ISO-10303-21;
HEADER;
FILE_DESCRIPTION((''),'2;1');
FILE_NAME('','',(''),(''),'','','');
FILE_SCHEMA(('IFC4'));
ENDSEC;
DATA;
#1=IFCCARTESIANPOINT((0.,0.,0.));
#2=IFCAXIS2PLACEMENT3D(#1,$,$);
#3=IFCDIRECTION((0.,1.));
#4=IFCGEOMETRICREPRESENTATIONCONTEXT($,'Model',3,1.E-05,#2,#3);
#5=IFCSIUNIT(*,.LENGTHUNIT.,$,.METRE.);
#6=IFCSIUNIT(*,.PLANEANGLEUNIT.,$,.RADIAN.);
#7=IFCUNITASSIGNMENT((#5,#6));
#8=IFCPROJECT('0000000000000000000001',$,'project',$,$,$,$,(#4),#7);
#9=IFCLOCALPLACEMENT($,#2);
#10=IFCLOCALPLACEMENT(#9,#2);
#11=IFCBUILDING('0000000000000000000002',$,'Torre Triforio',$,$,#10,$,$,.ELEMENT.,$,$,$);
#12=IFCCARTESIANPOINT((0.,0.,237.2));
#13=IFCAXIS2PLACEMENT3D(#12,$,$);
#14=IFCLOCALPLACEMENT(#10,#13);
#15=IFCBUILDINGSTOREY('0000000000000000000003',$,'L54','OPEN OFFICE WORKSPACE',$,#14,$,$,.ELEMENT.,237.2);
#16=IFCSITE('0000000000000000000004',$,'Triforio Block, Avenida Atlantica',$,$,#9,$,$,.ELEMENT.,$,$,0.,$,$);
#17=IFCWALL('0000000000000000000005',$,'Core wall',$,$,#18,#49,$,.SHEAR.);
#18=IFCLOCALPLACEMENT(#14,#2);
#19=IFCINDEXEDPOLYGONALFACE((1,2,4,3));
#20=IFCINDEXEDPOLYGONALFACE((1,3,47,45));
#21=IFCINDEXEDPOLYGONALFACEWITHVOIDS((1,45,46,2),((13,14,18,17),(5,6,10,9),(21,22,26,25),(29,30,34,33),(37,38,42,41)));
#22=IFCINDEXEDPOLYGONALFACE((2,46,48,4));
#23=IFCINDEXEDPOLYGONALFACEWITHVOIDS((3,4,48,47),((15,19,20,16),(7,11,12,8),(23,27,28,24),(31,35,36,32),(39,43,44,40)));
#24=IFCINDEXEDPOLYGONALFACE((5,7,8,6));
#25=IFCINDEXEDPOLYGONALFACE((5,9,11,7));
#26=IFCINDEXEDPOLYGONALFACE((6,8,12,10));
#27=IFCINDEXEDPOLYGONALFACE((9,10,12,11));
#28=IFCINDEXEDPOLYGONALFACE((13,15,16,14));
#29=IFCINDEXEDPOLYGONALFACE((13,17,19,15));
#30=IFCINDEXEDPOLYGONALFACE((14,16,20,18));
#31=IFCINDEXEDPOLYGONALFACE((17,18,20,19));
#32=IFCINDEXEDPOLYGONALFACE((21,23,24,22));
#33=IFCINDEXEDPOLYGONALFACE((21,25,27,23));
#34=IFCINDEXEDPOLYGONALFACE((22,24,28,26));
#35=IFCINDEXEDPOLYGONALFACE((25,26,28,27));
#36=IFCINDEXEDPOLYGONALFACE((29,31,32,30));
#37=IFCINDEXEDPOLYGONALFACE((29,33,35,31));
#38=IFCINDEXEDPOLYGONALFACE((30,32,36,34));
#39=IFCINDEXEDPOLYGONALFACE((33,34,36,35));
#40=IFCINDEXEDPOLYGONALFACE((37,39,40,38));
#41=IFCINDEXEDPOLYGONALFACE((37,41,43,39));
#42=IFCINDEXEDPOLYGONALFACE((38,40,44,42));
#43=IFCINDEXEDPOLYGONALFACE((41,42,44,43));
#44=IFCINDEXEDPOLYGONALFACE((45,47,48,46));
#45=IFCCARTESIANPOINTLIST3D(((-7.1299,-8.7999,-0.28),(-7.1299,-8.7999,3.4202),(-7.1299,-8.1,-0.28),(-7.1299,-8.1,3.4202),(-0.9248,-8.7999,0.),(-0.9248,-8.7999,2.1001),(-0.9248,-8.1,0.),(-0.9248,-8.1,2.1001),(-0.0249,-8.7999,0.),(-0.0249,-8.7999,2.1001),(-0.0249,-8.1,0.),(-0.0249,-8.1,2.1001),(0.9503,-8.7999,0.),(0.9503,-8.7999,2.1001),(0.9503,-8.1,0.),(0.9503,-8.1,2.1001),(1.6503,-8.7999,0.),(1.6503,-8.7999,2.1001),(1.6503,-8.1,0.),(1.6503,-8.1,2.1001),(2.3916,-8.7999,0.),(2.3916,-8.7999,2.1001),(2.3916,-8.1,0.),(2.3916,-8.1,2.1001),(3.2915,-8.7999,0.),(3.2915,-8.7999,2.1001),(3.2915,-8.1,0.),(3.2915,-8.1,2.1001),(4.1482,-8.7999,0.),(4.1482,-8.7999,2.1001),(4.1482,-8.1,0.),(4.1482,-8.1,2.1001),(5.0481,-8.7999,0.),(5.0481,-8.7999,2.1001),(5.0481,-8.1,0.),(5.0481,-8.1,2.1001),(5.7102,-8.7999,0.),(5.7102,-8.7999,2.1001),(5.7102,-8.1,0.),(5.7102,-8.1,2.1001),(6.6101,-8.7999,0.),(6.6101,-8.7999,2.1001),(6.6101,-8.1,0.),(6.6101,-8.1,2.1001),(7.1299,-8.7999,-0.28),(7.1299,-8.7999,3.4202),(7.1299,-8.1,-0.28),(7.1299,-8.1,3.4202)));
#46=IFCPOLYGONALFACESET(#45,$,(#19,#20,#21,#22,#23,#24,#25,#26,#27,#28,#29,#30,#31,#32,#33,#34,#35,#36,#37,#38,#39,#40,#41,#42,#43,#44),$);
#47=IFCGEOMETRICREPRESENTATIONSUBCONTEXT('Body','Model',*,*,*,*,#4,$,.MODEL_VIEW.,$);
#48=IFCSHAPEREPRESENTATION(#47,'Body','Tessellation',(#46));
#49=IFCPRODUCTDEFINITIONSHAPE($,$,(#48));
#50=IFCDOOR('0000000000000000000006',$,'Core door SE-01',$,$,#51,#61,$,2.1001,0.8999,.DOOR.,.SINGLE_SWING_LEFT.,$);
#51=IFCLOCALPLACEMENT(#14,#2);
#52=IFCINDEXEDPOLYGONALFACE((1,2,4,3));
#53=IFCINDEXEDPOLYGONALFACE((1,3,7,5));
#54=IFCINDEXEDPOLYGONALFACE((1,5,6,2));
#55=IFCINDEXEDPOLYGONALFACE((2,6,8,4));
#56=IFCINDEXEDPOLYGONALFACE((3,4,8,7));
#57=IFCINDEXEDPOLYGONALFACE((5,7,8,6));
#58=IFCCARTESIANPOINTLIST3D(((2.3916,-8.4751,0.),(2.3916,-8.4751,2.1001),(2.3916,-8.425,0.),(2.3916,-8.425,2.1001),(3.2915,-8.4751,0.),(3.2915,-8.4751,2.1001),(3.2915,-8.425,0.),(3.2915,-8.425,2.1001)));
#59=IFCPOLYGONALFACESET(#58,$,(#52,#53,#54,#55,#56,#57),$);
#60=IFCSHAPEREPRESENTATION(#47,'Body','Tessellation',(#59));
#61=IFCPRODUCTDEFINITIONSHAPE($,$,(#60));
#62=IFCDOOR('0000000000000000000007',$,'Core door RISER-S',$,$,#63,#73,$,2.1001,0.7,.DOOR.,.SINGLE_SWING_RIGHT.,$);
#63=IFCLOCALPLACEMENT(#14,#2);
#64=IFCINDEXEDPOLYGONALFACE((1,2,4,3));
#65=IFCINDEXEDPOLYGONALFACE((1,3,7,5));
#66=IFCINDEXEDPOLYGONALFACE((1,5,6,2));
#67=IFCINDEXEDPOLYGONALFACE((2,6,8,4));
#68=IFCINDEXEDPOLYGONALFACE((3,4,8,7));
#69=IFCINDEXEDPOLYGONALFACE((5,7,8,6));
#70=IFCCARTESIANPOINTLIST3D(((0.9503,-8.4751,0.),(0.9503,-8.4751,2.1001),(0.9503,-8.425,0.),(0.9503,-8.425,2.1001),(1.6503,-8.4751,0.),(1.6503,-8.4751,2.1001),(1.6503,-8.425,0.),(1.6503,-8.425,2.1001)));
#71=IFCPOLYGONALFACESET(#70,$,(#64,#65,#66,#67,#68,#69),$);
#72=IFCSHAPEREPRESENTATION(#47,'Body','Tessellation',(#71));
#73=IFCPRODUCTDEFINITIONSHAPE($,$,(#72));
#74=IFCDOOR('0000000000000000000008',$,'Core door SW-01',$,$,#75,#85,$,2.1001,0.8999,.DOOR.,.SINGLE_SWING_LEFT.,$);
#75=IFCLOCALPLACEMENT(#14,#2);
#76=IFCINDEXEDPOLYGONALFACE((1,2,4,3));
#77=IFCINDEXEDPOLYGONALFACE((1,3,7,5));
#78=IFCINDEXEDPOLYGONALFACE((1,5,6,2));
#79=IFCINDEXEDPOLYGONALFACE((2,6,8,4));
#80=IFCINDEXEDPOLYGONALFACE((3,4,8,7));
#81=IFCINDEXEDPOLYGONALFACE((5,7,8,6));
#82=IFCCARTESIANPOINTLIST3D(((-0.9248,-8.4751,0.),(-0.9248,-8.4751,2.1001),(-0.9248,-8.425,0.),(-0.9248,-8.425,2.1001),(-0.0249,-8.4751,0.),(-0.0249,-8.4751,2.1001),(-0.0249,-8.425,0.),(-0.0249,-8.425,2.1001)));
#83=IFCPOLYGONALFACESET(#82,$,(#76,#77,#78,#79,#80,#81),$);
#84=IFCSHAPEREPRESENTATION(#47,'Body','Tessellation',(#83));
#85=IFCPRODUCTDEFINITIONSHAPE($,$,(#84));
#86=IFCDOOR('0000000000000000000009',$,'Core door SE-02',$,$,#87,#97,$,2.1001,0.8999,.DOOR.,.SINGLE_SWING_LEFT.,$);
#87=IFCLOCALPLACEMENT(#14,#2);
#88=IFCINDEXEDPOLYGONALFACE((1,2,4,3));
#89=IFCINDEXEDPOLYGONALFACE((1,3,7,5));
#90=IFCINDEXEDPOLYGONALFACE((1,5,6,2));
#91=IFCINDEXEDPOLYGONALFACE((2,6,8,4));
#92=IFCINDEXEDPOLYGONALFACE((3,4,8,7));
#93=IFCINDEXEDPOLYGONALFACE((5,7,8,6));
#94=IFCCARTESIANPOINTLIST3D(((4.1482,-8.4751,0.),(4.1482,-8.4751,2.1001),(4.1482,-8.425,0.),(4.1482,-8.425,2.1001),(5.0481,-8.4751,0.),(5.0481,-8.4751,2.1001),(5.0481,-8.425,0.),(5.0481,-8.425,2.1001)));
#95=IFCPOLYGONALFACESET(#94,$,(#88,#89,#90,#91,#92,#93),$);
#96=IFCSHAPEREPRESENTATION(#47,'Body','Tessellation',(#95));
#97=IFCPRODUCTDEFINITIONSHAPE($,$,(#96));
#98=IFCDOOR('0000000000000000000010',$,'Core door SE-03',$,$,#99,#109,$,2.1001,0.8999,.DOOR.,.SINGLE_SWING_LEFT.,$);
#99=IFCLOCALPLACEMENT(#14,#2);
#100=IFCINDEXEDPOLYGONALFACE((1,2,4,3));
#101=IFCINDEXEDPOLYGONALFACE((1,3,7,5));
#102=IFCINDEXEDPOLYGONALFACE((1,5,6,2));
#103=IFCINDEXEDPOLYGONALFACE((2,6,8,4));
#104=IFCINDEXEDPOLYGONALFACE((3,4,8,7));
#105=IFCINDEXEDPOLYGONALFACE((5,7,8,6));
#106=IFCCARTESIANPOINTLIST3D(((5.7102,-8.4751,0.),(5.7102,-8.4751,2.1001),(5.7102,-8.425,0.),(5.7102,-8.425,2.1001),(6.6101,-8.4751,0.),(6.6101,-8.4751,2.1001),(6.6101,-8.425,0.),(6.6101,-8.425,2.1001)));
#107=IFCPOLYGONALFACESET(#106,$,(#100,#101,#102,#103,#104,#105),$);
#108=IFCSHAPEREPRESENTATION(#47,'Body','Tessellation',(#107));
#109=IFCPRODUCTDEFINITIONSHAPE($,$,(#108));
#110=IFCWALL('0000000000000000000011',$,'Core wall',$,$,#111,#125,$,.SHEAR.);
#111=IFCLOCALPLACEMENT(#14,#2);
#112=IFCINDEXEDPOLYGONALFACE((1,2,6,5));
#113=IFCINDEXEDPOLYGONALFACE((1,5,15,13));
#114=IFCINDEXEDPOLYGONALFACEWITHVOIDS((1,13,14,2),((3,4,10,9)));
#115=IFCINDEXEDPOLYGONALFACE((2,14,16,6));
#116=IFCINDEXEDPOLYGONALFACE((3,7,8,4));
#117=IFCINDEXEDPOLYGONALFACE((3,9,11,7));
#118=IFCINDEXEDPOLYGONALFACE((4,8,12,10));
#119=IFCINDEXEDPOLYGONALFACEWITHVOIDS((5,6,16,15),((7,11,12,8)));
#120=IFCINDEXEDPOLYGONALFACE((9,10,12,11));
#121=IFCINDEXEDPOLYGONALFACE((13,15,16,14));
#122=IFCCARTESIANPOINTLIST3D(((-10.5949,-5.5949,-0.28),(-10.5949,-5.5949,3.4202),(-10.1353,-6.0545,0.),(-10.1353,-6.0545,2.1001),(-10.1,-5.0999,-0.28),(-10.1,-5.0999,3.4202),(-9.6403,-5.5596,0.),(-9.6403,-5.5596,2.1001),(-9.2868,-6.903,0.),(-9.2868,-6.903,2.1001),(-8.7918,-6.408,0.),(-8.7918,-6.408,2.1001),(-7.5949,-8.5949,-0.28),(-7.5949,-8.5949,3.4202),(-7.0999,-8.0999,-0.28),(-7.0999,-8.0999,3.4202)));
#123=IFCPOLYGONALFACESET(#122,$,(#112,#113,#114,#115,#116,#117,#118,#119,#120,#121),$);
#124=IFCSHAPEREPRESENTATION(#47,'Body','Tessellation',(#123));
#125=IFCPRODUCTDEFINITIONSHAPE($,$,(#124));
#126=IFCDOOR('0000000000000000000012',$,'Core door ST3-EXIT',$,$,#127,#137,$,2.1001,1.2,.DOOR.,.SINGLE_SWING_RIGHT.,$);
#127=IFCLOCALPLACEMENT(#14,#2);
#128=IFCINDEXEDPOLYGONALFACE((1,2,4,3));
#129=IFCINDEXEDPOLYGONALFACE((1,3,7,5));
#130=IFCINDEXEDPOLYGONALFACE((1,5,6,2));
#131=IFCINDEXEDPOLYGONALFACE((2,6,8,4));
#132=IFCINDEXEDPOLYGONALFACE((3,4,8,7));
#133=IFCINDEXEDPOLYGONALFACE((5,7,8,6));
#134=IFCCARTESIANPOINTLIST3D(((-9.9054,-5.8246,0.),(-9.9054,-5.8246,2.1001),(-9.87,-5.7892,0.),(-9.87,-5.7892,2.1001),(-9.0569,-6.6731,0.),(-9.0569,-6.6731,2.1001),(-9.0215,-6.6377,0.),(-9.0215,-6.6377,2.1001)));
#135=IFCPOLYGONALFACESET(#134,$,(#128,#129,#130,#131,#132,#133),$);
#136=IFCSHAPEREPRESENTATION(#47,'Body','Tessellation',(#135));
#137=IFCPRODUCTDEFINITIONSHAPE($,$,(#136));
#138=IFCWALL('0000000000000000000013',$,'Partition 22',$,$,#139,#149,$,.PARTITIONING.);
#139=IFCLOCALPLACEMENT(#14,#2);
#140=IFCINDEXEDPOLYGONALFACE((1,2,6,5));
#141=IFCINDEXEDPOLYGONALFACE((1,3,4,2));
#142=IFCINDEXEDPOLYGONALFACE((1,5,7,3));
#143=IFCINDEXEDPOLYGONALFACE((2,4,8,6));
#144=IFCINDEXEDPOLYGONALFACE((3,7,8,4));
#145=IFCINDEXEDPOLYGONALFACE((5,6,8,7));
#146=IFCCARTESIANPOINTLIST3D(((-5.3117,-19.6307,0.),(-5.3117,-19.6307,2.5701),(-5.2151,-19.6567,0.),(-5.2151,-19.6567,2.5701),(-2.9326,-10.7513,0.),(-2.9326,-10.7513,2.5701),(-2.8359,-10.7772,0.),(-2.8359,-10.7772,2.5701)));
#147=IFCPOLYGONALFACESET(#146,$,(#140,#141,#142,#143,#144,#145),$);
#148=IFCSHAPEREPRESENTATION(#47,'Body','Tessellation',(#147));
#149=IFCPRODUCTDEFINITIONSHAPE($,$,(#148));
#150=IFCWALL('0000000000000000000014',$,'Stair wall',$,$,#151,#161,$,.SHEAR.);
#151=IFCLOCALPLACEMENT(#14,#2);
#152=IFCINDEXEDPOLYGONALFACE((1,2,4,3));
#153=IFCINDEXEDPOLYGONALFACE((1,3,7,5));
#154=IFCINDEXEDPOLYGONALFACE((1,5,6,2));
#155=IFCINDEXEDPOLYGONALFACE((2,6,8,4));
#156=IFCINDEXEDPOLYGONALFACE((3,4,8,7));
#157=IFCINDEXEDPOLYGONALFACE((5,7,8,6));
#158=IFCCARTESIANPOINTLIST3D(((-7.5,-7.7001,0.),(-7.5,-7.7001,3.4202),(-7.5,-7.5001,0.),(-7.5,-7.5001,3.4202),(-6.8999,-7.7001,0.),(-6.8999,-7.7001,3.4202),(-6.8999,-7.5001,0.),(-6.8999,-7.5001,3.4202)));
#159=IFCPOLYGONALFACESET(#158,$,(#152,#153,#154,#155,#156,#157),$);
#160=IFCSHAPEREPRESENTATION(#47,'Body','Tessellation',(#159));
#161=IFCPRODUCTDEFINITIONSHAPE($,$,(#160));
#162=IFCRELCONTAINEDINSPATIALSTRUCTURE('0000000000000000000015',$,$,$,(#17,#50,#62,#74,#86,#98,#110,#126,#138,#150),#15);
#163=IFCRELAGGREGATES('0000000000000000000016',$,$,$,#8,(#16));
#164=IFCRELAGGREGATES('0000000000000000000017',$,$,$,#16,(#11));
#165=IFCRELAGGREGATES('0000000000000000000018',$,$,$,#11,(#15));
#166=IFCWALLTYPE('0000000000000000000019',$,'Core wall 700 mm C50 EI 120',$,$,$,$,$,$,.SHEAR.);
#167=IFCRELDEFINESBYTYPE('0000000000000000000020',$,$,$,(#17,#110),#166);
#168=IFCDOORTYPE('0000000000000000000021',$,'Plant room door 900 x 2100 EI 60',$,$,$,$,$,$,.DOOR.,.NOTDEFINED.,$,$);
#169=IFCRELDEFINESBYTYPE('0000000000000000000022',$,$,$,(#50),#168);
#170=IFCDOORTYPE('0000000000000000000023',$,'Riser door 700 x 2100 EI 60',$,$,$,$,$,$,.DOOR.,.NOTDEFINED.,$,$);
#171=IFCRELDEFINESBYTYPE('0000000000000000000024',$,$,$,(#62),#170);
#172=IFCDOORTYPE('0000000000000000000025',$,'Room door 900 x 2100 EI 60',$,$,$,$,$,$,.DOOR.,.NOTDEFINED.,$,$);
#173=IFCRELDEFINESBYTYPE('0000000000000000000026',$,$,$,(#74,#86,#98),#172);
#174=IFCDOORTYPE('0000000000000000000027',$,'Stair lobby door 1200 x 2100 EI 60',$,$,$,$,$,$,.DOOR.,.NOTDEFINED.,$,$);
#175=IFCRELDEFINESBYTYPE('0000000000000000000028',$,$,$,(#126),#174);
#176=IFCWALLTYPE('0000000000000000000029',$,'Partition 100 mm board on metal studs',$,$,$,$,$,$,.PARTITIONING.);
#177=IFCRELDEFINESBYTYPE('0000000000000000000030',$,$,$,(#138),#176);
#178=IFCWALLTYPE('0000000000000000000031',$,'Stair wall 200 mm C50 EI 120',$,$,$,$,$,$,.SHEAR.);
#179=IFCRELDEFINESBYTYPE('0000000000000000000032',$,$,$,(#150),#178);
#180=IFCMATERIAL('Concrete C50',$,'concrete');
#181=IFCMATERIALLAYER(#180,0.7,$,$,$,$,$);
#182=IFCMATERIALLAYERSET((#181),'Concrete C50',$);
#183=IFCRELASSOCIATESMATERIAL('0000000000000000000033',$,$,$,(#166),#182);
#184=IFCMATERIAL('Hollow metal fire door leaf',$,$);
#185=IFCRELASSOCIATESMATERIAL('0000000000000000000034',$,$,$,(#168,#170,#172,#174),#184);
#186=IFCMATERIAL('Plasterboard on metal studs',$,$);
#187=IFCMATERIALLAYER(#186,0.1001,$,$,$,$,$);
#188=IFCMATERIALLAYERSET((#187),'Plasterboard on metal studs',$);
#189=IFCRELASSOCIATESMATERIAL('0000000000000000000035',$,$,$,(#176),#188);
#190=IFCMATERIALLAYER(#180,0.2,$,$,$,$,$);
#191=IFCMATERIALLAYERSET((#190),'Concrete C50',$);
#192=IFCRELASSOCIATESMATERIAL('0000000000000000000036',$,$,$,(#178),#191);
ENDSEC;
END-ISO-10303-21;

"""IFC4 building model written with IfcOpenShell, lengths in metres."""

from ifc_helpers import new_model, si_unit, direction, frame, frame_2d, origin, place, context, subcontext, project, spatial, rectangle, extrude, material, layer, layer_set, type_object, element, fill, save


model = new_model("IFC4")

# Units and contexts
model_context = context("Model", 3, precision=1e-05, world=origin(), true_north=direction((0.0, 1.0)))
body_context = subcontext(model_context, "Body", "Model", "MODEL_VIEW")
ifc_project = project(units=[si_unit("LENGTHUNIT", "METRE"), si_unit("PLANEANGLEUNIT", "RADIAN")], contexts=[model_context])

# Site, building, storey
site_placement = place(None, origin())
site = spatial("IfcSite", under=ifc_project, at=site_placement, Name="Triforio Block, Avenida Atlantica", CompositionType="ELEMENT", RefElevation=0.0)
building_placement = place(site_placement, origin())
building = spatial("IfcBuilding", under=site, at=building_placement, Name="Torre Triforio", CompositionType="ELEMENT")
storey_placement = place(building_placement, frame((0.0, 0.0, 237.2)))
storey = spatial("IfcBuildingStorey", under=building, at=storey_placement, Name="L54", Description="OPEN OFFICE WORKSPACE", CompositionType="ELEMENT", Elevation=237.2)

# Shared definitions
ifc_material_1 = material(Name="Concrete C50", Category="concrete")

# Wall, openings, doors
ifc_layer_1 = layer(ifc_material_1, 0.7)
ifc_layer_set_1 = layer_set([ifc_layer_1], Name="Concrete C50")
wall_type_1 = type_object("IfcWallType", Name="Core wall 700 mm C50 EI 120", PredefinedType="SHEAR", material=ifc_layer_set_1)
wall_1_placement = place(storey_placement, frame((-7.1299, -8.45, -0.28), z_axis=(0.0, 0.0, 1.0), x_axis=(1.0, 0.0, 0.0)))
wall_1 = element("IfcWall", 1, at=wall_1_placement, inside=storey, type_object=wall_type_1, Name="Core wall", PredefinedType="SHEAR", context=body_context, shape_type="SweptSolid", body=[
    extrude(rectangle(XDim=14.2598, YDim=0.7, at=frame_2d((7.1299, 0.0))), origin(), (0.0, 0.0, 1.0), 3.7002),
])
opening_1_placement = place(wall_1_placement, frame((8.0801, 0.0, 0.28)))
opening_1 = element("IfcOpeningElement", 2, at=opening_1_placement, cuts=wall_1, PredefinedType="OPENING", context=body_context, shape_type="SweptSolid", body=[
    extrude(rectangle(XDim=0.7, YDim=2.1001, at=frame_2d((0.3501, 1.05))), frame((0.0, 0.3599, 0.0), z_axis=(0.0, -1.0, 0.0), x_axis=(1.0, 0.0, 0.0)), (0.0, 0.0, 1.0), 0.72),
])
opening_2_placement = place(wall_1_placement, frame((6.2051, 0.0, 0.28)))
opening_2 = element("IfcOpeningElement", 3, at=opening_2_placement, cuts=wall_1, PredefinedType="OPENING", context=body_context, shape_type="SweptSolid", body=[
    extrude(rectangle(XDim=0.8999, YDim=2.1001, at=frame_2d((0.45, 1.05))), frame((0.0, 0.3599, 0.0), z_axis=(0.0, -1.0, 0.0), x_axis=(1.0, 0.0, 0.0)), (0.0, 0.0, 1.0), 0.72),
])
opening_3_placement = place(wall_1_placement, frame((9.5215, 0.0, 0.28)))
opening_3 = element("IfcOpeningElement", 4, at=opening_3_placement, cuts=wall_1, PredefinedType="OPENING", context=body_context, shape_type="SweptSolid", body=[
    extrude(rectangle(XDim=0.8999, YDim=2.1001, at=frame_2d((0.45, 1.05))), frame((0.0, 0.3599, 0.0), z_axis=(0.0, -1.0, 0.0), x_axis=(1.0, 0.0, 0.0)), (0.0, 0.0, 1.0), 0.72),
])
opening_4_placement = place(wall_1_placement, frame((11.2781, 0.0, 0.28)))
opening_4 = element("IfcOpeningElement", 5, at=opening_4_placement, cuts=wall_1, PredefinedType="OPENING", context=body_context, shape_type="SweptSolid", body=[
    extrude(rectangle(XDim=0.8999, YDim=2.1001, at=frame_2d((0.45, 1.05))), frame((0.0, 0.3599, 0.0), z_axis=(0.0, -1.0, 0.0), x_axis=(1.0, 0.0, 0.0)), (0.0, 0.0, 1.0), 0.72),
])
opening_5_placement = place(wall_1_placement, frame((12.8401, 0.0, 0.28)))
opening_5 = element("IfcOpeningElement", 6, at=opening_5_placement, cuts=wall_1, PredefinedType="OPENING", context=body_context, shape_type="SweptSolid", body=[
    extrude(rectangle(XDim=0.8999, YDim=2.1001, at=frame_2d((0.45, 1.05))), frame((0.0, 0.3599, 0.0), z_axis=(0.0, -1.0, 0.0), x_axis=(1.0, 0.0, 0.0)), (0.0, 0.0, 1.0), 0.72),
])
ifc_material_2 = material(Name="Hollow metal fire door leaf")
door_type_1 = type_object("IfcDoorType", Name="Plant room door 900 x 2100 EI 60", OperationType="NOTDEFINED", PredefinedType="DOOR", material=ifc_material_2)
door_1_placement = place(opening_3_placement, origin())
door_1 = element("IfcDoor", 7, at=door_1_placement, inside=storey, type_object=door_type_1, Name="Core door SE-01", OperationType="SINGLE_SWING_LEFT", OverallHeight=2.1001, OverallWidth=0.8999, PredefinedType="DOOR", context=body_context, shape_type="SweptSolid", body=[
    extrude(rectangle(XDim=0.8999, YDim=2.1001, at=frame_2d((0.45, 1.05))), frame((0.0, 0.0249, 0.0), z_axis=(0.0, -1.0, 0.0), x_axis=(1.0, 0.0, 0.0)), (0.0, 0.0, 1.0), 0.05),
])
fill(opening_3, door_1)
door_type_2 = type_object("IfcDoorType", Name="Riser door 700 x 2100 EI 60", OperationType="NOTDEFINED", PredefinedType="DOOR", material=ifc_material_2)
door_2_placement = place(opening_1_placement, origin())
door_2 = element("IfcDoor", 8, at=door_2_placement, inside=storey, type_object=door_type_2, Name="Core door RISER-S", OperationType="SINGLE_SWING_RIGHT", OverallHeight=2.1001, OverallWidth=0.7, PredefinedType="DOOR", context=body_context, shape_type="SweptSolid", body=[
    extrude(rectangle(XDim=0.7, YDim=2.1001, at=frame_2d((0.3501, 1.05))), frame((0.0, 0.0249, 0.0), z_axis=(0.0, -1.0, 0.0), x_axis=(1.0, 0.0, 0.0)), (0.0, 0.0, 1.0), 0.05),
])
fill(opening_1, door_2)
door_type_3 = type_object("IfcDoorType", Name="Room door 900 x 2100 EI 60", OperationType="NOTDEFINED", PredefinedType="DOOR", material=ifc_material_2)
door_3_placement = place(opening_2_placement, origin())
door_3 = element("IfcDoor", 9, at=door_3_placement, inside=storey, type_object=door_type_3, Name="Core door SW-01", OperationType="SINGLE_SWING_LEFT", OverallHeight=2.1001, OverallWidth=0.8999, PredefinedType="DOOR", context=body_context, shape_type="SweptSolid", body=[
    extrude(rectangle(XDim=0.8999, YDim=2.1001, at=frame_2d((0.45, 1.05))), frame((0.0, 0.0249, 0.0), z_axis=(0.0, -1.0, 0.0), x_axis=(1.0, 0.0, 0.0)), (0.0, 0.0, 1.0), 0.05),
])
fill(opening_2, door_3)
door_4_placement = place(opening_4_placement, origin())
door_4 = element("IfcDoor", 10, at=door_4_placement, inside=storey, type_object=door_type_3, Name="Core door SE-02", OperationType="SINGLE_SWING_LEFT", OverallHeight=2.1001, OverallWidth=0.8999, PredefinedType="DOOR", context=body_context, shape_type="SweptSolid", body=[
    extrude(rectangle(XDim=0.8999, YDim=2.1001, at=frame_2d((0.45, 1.05))), frame((0.0, 0.0249, 0.0), z_axis=(0.0, -1.0, 0.0), x_axis=(1.0, 0.0, 0.0)), (0.0, 0.0, 1.0), 0.05),
])
fill(opening_4, door_4)
door_5_placement = place(opening_5_placement, origin())
door_5 = element("IfcDoor", 11, at=door_5_placement, inside=storey, type_object=door_type_3, Name="Core door SE-03", OperationType="SINGLE_SWING_LEFT", OverallHeight=2.1001, OverallWidth=0.8999, PredefinedType="DOOR", context=body_context, shape_type="SweptSolid", body=[
    extrude(rectangle(XDim=0.8999, YDim=2.1001, at=frame_2d((0.45, 1.05))), frame((0.0, 0.0249, 0.0), z_axis=(0.0, -1.0, 0.0), x_axis=(1.0, 0.0, 0.0)), (0.0, 0.0, 1.0), 0.05),
])
fill(opening_5, door_5)

# Wall, opening, door
wall_2_placement = place(storey_placement, frame((-7.3474, -8.3474, -0.28), z_axis=(0.0, 0.0, 1.0), x_axis=(-0.707107, 0.707107, 0.0)))
wall_2 = element("IfcWall", 12, at=wall_2_placement, inside=storey, type_object=wall_type_1, Name="Core wall", PredefinedType="SHEAR", context=body_context, shape_type="SweptSolid", body=[
    extrude(rectangle(XDim=4.2427, YDim=0.7, at=frame_2d((2.1213, 0.0))), origin(), (0.0, 0.0, 1.0), 3.7002),
])
opening_6_placement = place(wall_2_placement, frame((2.3926, 0.0, 0.28)))
opening_6 = element("IfcOpeningElement", 13, at=opening_6_placement, cuts=wall_2, PredefinedType="OPENING", context=body_context, shape_type="SweptSolid", body=[
    extrude(rectangle(XDim=1.2, YDim=2.1001, at=frame_2d((0.6001, 1.05))), frame((0.0, 0.3599, 0.0), z_axis=(0.0, -1.0, 0.0), x_axis=(1.0, 0.0, 0.0)), (0.0, 0.0, 1.0), 0.72),
])
door_type_4 = type_object("IfcDoorType", Name="Stair lobby door 1200 x 2100 EI 60", OperationType="NOTDEFINED", PredefinedType="DOOR", material=ifc_material_2)
door_6_placement = place(opening_6_placement, origin())
door_6 = element("IfcDoor", 14, at=door_6_placement, inside=storey, type_object=door_type_4, Name="Core door ST3-EXIT", OperationType="SINGLE_SWING_RIGHT", OverallHeight=2.1001, OverallWidth=1.2, PredefinedType="DOOR", context=body_context, shape_type="SweptSolid", body=[
    extrude(rectangle(XDim=1.2, YDim=2.1001, at=frame_2d((0.6001, 1.05))), frame((0.0, 0.0249, 0.0), z_axis=(0.0, -1.0, 0.0), x_axis=(1.0, 0.0, 0.0)), (0.0, 0.0, 1.0), 0.05),
])
fill(opening_6, door_6)

# Walls
ifc_material_3 = material(Name="Plasterboard on metal studs")
ifc_layer_2 = layer(ifc_material_3, 0.1001)
ifc_layer_set_2 = layer_set([ifc_layer_2], Name="Plasterboard on metal studs")
wall_type_2 = type_object("IfcWallType", Name="Partition 100 mm board on metal studs", PredefinedType="PARTITIONING", material=ifc_layer_set_2)
wall_3_placement = place(storey_placement, frame((-2.8843, -10.7644, 0.0), z_axis=(0.0, 0.0, 1.0), x_axis=(-0.258811, -0.965928, 0.0)))
element("IfcWall", 15, at=wall_3_placement, inside=storey, type_object=wall_type_2, Name="Partition 22", PredefinedType="PARTITIONING", context=body_context, shape_type="SweptSolid", body=[
    extrude(rectangle(XDim=9.1926, YDim=0.1001, at=frame_2d((4.5962, 0.0))), origin(), (0.0, 0.0, 1.0), 2.5701),
])
ifc_layer_3 = layer(ifc_material_1, 0.2)
ifc_layer_set_3 = layer_set([ifc_layer_3], Name="Concrete C50")
wall_type_3 = type_object("IfcWallType", Name="Stair wall 200 mm C50 EI 120", PredefinedType="SHEAR", material=ifc_layer_set_3)
wall_4_placement = place(storey_placement, frame((-7.5, -7.6001, 0.0), z_axis=(0.0, 0.0, 1.0), x_axis=(1.0, 0.0, 0.0)))
element("IfcWall", 16, at=wall_4_placement, inside=storey, type_object=wall_type_3, Name="Stair wall", PredefinedType="SHEAR", context=body_context, shape_type="SweptSolid", body=[
    extrude(rectangle(XDim=0.6001, YDim=0.2, at=frame_2d((0.3, 0.0))), origin(), (0.0, 0.0, 1.0), 3.4202),
])

save(model, "model.ifc")
